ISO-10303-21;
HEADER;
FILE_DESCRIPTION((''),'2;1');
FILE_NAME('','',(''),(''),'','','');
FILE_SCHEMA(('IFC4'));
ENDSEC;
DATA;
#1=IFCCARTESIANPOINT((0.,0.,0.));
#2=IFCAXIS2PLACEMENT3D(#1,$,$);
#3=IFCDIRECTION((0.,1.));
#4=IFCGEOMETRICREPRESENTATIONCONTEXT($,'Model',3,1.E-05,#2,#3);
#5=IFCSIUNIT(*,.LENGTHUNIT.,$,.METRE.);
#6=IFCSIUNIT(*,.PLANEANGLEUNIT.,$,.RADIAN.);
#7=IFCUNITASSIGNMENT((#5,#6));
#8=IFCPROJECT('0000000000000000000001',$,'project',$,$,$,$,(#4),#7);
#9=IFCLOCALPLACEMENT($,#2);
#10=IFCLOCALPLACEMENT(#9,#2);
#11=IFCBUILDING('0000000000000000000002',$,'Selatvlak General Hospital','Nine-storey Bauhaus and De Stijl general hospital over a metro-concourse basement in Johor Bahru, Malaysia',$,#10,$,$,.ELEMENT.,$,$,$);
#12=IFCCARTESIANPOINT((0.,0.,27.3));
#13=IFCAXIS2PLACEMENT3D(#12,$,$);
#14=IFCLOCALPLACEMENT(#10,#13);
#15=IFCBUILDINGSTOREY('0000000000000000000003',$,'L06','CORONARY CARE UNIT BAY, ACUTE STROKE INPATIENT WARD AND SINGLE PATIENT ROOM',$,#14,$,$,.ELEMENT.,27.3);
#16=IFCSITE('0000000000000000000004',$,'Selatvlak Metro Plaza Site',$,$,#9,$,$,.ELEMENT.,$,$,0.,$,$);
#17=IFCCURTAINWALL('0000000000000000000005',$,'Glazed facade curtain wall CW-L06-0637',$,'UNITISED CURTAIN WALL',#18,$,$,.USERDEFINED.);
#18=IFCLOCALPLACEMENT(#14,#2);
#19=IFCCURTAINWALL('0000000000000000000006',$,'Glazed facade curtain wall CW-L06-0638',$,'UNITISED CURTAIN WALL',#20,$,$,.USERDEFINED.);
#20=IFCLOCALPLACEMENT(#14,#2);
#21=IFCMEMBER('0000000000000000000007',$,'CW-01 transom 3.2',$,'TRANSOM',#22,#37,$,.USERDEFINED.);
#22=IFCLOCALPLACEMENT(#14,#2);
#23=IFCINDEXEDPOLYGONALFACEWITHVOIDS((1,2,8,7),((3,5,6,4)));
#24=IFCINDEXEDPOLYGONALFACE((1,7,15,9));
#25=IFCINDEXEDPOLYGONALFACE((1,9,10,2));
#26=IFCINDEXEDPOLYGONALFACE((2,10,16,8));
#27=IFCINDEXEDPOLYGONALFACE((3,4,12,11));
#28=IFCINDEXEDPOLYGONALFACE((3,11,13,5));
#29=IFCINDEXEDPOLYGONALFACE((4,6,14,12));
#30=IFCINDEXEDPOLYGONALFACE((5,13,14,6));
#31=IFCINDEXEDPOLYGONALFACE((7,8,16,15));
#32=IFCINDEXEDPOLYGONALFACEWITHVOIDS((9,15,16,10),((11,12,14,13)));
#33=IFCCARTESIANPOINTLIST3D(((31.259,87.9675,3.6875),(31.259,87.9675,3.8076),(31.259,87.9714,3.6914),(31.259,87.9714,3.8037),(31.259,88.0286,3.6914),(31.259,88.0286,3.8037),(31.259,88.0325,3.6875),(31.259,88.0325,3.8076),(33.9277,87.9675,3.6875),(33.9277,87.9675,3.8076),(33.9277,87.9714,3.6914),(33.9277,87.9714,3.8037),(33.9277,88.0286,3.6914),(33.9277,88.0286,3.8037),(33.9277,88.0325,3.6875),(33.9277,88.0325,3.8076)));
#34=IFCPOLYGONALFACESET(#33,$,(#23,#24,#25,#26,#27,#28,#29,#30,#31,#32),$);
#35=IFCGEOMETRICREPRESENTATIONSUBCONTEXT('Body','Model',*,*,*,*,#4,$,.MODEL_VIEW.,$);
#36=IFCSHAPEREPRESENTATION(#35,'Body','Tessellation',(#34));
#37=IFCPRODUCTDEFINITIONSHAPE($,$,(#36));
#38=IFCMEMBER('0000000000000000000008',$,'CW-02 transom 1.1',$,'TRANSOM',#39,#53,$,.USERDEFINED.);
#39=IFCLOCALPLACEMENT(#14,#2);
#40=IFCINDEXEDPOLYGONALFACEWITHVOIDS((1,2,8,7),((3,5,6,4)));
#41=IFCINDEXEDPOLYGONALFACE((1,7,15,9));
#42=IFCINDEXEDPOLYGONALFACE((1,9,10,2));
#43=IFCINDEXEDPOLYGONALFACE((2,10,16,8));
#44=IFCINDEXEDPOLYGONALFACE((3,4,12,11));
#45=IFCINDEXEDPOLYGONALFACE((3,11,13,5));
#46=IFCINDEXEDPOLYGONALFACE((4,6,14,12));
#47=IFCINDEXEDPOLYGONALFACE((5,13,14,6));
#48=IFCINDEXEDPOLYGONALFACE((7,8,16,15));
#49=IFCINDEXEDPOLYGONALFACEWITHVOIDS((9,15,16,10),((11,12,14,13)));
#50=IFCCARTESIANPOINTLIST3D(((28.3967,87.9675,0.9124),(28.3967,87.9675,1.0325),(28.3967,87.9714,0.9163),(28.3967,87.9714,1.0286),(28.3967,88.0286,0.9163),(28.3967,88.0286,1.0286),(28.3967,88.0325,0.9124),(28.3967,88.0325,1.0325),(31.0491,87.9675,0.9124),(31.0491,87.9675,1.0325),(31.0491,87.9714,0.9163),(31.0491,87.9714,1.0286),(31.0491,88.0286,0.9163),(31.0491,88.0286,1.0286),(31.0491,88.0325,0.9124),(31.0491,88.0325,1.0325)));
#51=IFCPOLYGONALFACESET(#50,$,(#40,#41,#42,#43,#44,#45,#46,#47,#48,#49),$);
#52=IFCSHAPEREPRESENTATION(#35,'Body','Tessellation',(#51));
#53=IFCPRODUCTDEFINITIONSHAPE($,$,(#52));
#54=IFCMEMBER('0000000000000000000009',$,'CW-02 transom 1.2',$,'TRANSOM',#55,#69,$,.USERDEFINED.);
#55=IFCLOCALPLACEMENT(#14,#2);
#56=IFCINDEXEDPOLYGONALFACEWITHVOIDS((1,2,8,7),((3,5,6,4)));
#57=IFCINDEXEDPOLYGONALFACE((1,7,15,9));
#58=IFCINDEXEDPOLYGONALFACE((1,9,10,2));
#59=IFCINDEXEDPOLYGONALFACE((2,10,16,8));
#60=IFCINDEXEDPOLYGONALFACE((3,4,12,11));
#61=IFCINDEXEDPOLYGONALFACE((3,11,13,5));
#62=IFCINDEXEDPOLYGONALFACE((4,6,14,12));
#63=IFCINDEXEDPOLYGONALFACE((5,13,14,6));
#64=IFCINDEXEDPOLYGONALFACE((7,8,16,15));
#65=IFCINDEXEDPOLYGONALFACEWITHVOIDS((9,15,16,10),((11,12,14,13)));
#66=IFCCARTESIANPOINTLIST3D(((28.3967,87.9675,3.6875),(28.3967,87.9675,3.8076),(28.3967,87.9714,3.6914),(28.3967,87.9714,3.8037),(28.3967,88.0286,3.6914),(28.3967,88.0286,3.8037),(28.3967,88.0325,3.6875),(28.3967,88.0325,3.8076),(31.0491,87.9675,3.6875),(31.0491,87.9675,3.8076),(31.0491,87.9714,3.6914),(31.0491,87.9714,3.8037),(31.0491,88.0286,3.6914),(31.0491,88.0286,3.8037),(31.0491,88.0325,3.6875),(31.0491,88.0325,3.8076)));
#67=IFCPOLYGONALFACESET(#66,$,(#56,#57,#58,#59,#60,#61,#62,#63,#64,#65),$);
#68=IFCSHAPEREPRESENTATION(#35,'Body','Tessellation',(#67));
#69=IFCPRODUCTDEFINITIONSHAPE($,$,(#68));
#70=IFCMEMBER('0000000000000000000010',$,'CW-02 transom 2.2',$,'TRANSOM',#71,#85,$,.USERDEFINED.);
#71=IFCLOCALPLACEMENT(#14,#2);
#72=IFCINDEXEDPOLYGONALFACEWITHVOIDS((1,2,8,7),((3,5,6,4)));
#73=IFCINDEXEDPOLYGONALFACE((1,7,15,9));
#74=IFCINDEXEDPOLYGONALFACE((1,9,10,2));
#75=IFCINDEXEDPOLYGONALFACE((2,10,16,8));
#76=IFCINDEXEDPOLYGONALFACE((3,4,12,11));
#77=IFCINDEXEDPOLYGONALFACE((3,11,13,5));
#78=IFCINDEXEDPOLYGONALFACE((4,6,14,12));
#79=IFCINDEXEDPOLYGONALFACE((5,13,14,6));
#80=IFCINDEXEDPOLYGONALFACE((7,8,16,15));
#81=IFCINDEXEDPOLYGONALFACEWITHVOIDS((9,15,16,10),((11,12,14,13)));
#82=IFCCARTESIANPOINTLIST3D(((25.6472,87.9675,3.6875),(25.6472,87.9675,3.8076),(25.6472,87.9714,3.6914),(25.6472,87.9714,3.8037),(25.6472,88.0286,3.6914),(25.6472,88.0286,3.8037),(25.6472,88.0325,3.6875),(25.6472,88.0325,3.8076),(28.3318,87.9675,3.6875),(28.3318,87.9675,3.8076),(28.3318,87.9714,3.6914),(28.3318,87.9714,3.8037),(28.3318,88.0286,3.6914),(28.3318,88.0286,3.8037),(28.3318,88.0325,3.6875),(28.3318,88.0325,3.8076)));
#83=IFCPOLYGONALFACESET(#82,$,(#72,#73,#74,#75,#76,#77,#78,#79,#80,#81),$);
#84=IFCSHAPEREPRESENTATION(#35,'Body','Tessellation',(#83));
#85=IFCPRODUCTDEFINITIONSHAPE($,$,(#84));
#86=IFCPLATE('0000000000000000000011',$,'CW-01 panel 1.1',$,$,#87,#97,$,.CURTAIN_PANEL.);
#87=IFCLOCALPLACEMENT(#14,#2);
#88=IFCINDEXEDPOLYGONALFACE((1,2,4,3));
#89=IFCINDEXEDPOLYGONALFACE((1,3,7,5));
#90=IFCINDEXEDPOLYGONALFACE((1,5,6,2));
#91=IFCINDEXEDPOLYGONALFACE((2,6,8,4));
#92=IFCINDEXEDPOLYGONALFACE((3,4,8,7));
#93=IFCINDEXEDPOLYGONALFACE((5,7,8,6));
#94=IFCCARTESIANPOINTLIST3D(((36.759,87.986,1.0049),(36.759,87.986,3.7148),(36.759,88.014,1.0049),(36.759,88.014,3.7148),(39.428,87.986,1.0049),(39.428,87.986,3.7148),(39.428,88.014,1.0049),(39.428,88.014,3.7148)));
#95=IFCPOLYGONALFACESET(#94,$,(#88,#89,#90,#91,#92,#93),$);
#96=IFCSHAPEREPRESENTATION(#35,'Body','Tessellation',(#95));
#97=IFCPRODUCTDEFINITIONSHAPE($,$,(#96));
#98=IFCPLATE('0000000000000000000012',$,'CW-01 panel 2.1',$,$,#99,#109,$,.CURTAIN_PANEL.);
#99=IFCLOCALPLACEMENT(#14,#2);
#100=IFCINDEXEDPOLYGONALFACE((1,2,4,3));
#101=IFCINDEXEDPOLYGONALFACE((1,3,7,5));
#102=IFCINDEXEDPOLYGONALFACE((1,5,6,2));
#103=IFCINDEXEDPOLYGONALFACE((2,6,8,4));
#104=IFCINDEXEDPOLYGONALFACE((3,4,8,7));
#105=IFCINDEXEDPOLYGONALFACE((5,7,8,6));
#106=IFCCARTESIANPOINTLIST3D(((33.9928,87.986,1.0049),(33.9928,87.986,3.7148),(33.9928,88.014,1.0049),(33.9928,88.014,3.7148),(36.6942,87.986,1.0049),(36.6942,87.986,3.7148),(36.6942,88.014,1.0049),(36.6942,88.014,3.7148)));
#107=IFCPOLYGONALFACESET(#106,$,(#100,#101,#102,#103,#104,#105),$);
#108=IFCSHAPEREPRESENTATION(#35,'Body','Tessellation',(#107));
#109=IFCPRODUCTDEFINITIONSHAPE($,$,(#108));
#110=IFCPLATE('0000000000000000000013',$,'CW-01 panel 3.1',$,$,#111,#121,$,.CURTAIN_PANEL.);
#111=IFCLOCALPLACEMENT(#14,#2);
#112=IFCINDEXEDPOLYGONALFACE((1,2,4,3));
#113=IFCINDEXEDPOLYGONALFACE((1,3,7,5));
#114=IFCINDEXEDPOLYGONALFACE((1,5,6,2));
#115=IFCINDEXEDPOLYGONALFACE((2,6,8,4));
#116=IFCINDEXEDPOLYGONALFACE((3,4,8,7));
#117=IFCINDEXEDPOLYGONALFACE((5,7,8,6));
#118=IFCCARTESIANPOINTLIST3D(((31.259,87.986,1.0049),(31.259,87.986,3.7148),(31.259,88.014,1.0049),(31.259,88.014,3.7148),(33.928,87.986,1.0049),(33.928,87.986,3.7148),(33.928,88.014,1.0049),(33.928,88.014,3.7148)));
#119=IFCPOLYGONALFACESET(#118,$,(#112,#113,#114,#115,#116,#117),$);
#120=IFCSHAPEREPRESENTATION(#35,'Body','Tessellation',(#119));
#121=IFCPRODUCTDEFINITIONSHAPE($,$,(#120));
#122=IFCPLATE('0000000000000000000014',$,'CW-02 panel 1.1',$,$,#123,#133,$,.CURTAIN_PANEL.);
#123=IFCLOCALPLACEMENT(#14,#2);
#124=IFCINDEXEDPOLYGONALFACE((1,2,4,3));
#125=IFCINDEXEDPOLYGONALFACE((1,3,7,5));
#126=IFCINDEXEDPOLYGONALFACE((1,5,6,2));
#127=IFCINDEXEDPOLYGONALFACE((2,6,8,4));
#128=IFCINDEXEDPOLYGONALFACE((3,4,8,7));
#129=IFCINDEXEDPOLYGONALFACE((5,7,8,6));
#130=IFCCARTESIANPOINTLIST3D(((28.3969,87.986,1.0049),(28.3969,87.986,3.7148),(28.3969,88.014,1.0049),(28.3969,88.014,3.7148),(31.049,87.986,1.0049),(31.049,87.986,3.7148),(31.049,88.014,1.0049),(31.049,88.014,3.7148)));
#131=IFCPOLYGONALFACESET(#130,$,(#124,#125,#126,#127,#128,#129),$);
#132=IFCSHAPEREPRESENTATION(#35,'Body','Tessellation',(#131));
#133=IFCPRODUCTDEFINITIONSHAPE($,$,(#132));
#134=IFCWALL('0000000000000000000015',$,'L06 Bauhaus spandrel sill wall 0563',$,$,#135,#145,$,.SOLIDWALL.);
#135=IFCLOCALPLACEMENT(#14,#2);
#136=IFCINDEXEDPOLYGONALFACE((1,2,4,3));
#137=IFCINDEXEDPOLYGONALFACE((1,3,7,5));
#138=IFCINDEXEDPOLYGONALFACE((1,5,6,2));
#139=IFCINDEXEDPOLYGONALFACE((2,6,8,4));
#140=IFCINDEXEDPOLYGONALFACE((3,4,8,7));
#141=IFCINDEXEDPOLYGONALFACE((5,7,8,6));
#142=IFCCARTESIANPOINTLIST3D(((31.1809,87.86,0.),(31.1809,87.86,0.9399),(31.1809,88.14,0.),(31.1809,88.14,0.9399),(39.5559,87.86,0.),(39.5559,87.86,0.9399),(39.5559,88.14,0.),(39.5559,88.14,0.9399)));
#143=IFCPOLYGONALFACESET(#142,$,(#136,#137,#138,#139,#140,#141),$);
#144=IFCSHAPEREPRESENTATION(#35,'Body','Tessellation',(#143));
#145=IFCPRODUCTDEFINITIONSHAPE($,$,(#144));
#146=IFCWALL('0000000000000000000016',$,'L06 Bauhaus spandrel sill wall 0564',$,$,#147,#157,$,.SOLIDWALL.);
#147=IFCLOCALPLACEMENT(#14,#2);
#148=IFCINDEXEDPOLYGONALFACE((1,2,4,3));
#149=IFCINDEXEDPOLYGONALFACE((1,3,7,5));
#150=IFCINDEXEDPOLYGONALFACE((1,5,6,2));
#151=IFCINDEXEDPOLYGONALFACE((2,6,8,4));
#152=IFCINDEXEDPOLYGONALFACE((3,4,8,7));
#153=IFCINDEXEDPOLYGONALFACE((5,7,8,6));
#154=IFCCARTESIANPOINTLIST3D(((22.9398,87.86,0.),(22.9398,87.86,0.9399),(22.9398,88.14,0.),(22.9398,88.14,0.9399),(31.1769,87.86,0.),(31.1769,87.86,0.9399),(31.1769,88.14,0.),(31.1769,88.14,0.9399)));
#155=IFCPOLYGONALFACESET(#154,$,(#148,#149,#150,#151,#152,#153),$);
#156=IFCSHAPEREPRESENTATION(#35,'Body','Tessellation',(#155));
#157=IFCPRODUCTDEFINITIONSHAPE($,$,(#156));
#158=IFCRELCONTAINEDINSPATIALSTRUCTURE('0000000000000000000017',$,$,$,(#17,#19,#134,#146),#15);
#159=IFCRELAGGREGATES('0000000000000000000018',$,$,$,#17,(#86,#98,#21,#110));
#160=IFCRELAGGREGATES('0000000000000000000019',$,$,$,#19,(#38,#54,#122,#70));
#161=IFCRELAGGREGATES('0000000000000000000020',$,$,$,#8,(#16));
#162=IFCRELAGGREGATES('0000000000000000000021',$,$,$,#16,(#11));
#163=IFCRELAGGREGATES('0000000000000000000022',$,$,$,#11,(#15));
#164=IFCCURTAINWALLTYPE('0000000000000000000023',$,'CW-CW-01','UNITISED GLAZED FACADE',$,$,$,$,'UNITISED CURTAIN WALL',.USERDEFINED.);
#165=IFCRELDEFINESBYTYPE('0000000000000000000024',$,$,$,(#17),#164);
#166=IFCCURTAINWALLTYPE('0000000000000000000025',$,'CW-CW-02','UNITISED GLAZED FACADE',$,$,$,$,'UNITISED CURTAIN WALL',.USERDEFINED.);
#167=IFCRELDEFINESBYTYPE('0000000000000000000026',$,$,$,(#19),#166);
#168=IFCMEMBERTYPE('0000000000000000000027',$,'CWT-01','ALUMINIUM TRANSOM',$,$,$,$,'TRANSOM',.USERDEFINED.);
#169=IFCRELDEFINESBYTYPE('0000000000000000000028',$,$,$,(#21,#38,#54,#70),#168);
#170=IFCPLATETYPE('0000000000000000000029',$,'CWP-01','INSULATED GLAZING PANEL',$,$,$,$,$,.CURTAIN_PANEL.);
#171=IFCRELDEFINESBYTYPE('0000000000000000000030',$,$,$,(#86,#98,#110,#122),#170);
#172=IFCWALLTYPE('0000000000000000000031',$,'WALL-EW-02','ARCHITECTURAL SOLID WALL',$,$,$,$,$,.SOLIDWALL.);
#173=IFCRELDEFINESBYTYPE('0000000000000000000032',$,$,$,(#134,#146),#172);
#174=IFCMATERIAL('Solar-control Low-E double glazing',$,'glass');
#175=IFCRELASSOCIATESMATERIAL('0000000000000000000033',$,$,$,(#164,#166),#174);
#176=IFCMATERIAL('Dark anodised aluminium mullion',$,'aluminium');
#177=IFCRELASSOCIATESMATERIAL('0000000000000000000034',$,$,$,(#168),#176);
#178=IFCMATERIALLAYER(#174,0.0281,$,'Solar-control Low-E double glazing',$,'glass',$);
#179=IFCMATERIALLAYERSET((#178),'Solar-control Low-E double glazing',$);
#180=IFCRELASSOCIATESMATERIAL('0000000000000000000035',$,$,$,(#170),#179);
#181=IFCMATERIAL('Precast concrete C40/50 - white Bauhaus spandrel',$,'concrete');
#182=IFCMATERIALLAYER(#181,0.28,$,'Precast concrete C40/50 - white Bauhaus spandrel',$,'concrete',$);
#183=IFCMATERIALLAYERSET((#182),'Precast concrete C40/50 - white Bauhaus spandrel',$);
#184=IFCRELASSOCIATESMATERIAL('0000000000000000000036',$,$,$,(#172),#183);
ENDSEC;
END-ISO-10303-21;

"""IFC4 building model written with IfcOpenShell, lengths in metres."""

from ifc_helpers import new_model, si_unit, direction, frame, frame_2d, origin, origin_2d, place, context, subcontext, project, spatial, rectangle, hollow_rectangle, extrude, material, layer, layer_set, material_profile, profile_set, type_object, element, aggregate, save


model = new_model("IFC4")

# Units and contexts
model_context = context("Model", 3, precision=1e-05, world=origin(), true_north=direction((0.0, 1.0)))
body_context = subcontext(model_context, "Body", "Model", "MODEL_VIEW")
ifc_project = project(units=[si_unit("LENGTHUNIT", "METRE"), si_unit("PLANEANGLEUNIT", "RADIAN")], contexts=[model_context])

# Site, building, storey
site_placement = place(None, origin())
site = spatial("IfcSite", under=ifc_project, at=site_placement, Name="Selatvlak Metro Plaza Site", CompositionType="ELEMENT", RefElevation=0.0)
building_placement = place(site_placement, origin())
building = spatial("IfcBuilding", under=site, at=building_placement, Name="Selatvlak General Hospital", Description="Nine-storey Bauhaus and De Stijl general hospital over a metro-concourse basement in Johor Bahru, Malaysia", CompositionType="ELEMENT")
storey_placement = place(building_placement, frame((0.0, 0.0, 27.3)))
storey = spatial("IfcBuildingStorey", under=building, at=storey_placement, Name="L06", Description="CORONARY CARE UNIT BAY, ACUTE STROKE INPATIENT WARD AND SINGLE PATIENT ROOM", CompositionType="ELEMENT", Elevation=27.3)

# Curtain walls
ifc_material_1 = material(Name="Solar-control Low-E double glazing", Category="glass")
curtain_wall_type_1 = type_object("IfcCurtainWallType", Name="CW-CW-01", Description="UNITISED GLAZED FACADE", ElementType="UNITISED CURTAIN WALL", PredefinedType="USERDEFINED", material=ifc_material_1)
curtain_wall_1_placement = place(storey_placement, origin())
curtain_wall_1 = element("IfcCurtainWall", 1, at=curtain_wall_1_placement, inside=storey, type_object=curtain_wall_type_1, Name="Glazed facade curtain wall CW-L06-0637", ObjectType="UNITISED CURTAIN WALL", PredefinedType="USERDEFINED")
ifc_material_2 = material(Name="Dark anodised aluminium mullion", Category="aluminium")
curtain_wall_type_2 = type_object("IfcCurtainWallType", Name="CW-CW-02", Description="UNITISED GLAZED FACADE", ElementType="UNITISED CURTAIN WALL", PredefinedType="USERDEFINED", material=ifc_material_1)
curtain_wall_2_placement = place(storey_placement, origin())
curtain_wall_2 = element("IfcCurtainWall", 2, at=curtain_wall_2_placement, inside=storey, type_object=curtain_wall_type_2, Name="Glazed facade curtain wall CW-L06-0638", ObjectType="UNITISED CURTAIN WALL", PredefinedType="USERDEFINED")

# Members
ifc_material_profile_1 = material_profile(ifc_material_2, hollow_rectangle(XDim=0.0649, YDim=0.1201, WallThickness=0.0039, at=origin_2d()), Name="AL-TRN 65x120x4")
ifc_profile_set_1 = profile_set([ifc_material_profile_1], Name="Dark anodised aluminium mullion")
member_type_1 = type_object("IfcMemberType", Name="CWT-01", Description="ALUMINIUM TRANSOM", ElementType="TRANSOM", PredefinedType="USERDEFINED", material=ifc_profile_set_1)
member_1_placement = place(storey_placement, frame((33.9277, 88.0, 3.7476), z_axis=(-1.0, 0.0, 0.0), x_axis=(0.0, -1.0, 0.0)))
member_1 = element("IfcMember", 3, at=member_1_placement, type_object=member_type_1, Name="CW-01 transom 3.2", ObjectType="TRANSOM", PredefinedType="USERDEFINED", context=body_context, shape_type="SweptSolid", body=[
    extrude(hollow_rectangle(XDim=0.0649, YDim=0.1201, WallThickness=0.0039, at=origin_2d()), origin(), (0.0, 0.0, 1.0), 2.6687),
])
member_2_placement = place(storey_placement, frame((31.0491, 88.0, 0.9724), z_axis=(-1.0, 0.0, 0.0), x_axis=(0.0, -1.0, 0.0)))
member_2 = element("IfcMember", 4, at=member_2_placement, type_object=member_type_1, Name="CW-02 transom 1.1", ObjectType="TRANSOM", PredefinedType="USERDEFINED", context=body_context, shape_type="SweptSolid", body=[
    extrude(hollow_rectangle(XDim=0.0649, YDim=0.1201, WallThickness=0.0039, at=origin_2d()), origin(), (0.0, 0.0, 1.0), 2.6523),
])
member_3_placement = place(storey_placement, frame((31.0491, 88.0, 3.7476), z_axis=(-1.0, 0.0, 0.0), x_axis=(0.0, -1.0, 0.0)))
member_3 = element("IfcMember", 5, at=member_3_placement, type_object=member_type_1, Name="CW-02 transom 1.2", ObjectType="TRANSOM", PredefinedType="USERDEFINED", context=body_context, shape_type="SweptSolid", body=[
    extrude(hollow_rectangle(XDim=0.0649, YDim=0.1201, WallThickness=0.0039, at=origin_2d()), origin(), (0.0, 0.0, 1.0), 2.6523),
])
member_4_placement = place(storey_placement, frame((28.3318, 88.0, 3.7476), z_axis=(-1.0, 0.0, 0.0), x_axis=(0.0, -1.0, 0.0)))
member_4 = element("IfcMember", 6, at=member_4_placement, type_object=member_type_1, Name="CW-02 transom 2.2", ObjectType="TRANSOM", PredefinedType="USERDEFINED", context=body_context, shape_type="SweptSolid", body=[
    extrude(hollow_rectangle(XDim=0.0649, YDim=0.1201, WallThickness=0.0039, at=origin_2d()), origin(), (0.0, 0.0, 1.0), 2.6846),
])

# Plates
ifc_layer_1 = layer(ifc_material_1, 0.0281, Name="Solar-control Low-E double glazing", Category="glass")
ifc_layer_set_1 = layer_set([ifc_layer_1], Name="Solar-control Low-E double glazing")
plate_type = type_object("IfcPlateType", Name="CWP-01", Description="INSULATED GLAZING PANEL", PredefinedType="CURTAIN_PANEL", material=ifc_layer_set_1)
plate_1_placement = place(storey_placement, frame((38.0935, 88.0, 1.0049), z_axis=(0.0, 0.0, 1.0), x_axis=(-1.0, 0.0, 0.0)))
plate_1 = element("IfcPlate", 7, at=plate_1_placement, type_object=plate_type, Name="CW-01 panel 1.1", PredefinedType="CURTAIN_PANEL", context=body_context, shape_type="SweptSolid", body=[
    extrude(rectangle(XDim=2.6689, YDim=0.0281, at=origin_2d()), origin(), (0.0, 0.0, 1.0), 2.71),
])
plate_2_placement = place(storey_placement, frame((35.3435, 88.0, 1.0049), z_axis=(0.0, 0.0, 1.0), x_axis=(-1.0, 0.0, 0.0)))
plate_2 = element("IfcPlate", 8, at=plate_2_placement, type_object=plate_type, Name="CW-01 panel 2.1", PredefinedType="CURTAIN_PANEL", context=body_context, shape_type="SweptSolid", body=[
    extrude(rectangle(XDim=2.7014, YDim=0.0281, at=origin_2d()), origin(), (0.0, 0.0, 1.0), 2.71),
])
plate_3_placement = place(storey_placement, frame((32.5935, 88.0, 1.0049), z_axis=(0.0, 0.0, 1.0), x_axis=(-1.0, 0.0, 0.0)))
plate_3 = element("IfcPlate", 9, at=plate_3_placement, type_object=plate_type, Name="CW-01 panel 3.1", PredefinedType="CURTAIN_PANEL", context=body_context, shape_type="SweptSolid", body=[
    extrude(rectangle(XDim=2.6689, YDim=0.0281, at=origin_2d()), origin(), (0.0, 0.0, 1.0), 2.71),
])
aggregate(curtain_wall_1, [plate_1, plate_2, member_1, plate_3])
plate_4_placement = place(storey_placement, frame((29.7229, 88.0, 1.0049), z_axis=(0.0, 0.0, 1.0), x_axis=(-1.0, 0.0, 0.0)))
plate_4 = element("IfcPlate", 10, at=plate_4_placement, type_object=plate_type, Name="CW-02 panel 1.1", PredefinedType="CURTAIN_PANEL", context=body_context, shape_type="SweptSolid", body=[
    extrude(rectangle(XDim=2.6521, YDim=0.0281, at=origin_2d()), origin(), (0.0, 0.0, 1.0), 2.71),
])
aggregate(curtain_wall_2, [member_2, member_3, plate_4, member_4])

# Walls
ifc_material_3 = material(Name="Precast concrete C40/50 - white Bauhaus spandrel", Category="concrete")
ifc_layer_2 = layer(ifc_material_3, 0.28, Name="Precast concrete C40/50 - white Bauhaus spandrel", Category="concrete")
ifc_layer_set_2 = layer_set([ifc_layer_2], Name="Precast concrete C40/50 - white Bauhaus spandrel")
wall_type = type_object("IfcWallType", Name="WALL-EW-02", Description="ARCHITECTURAL SOLID WALL", PredefinedType="SOLIDWALL", material=ifc_layer_set_2)
wall_1_placement = place(storey_placement, frame((39.5559, 88.0, 0.0), z_axis=(0.0, 0.0, 1.0), x_axis=(-1.0, 0.0, 0.0)))
element("IfcWall", 11, at=wall_1_placement, inside=storey, type_object=wall_type, Name="L06 Bauhaus spandrel sill wall 0563", PredefinedType="SOLIDWALL", context=body_context, shape_type="SweptSolid", body=[
    extrude(rectangle(XDim=8.375, YDim=0.28, at=frame_2d((4.1875, 0.0))), origin(), (0.0, 0.0, 1.0), 0.9399),
])
wall_2_placement = place(storey_placement, frame((31.177, 88.0, 0.0), z_axis=(0.0, 0.0, 1.0), x_axis=(-1.0, 0.0, 0.0)))
element("IfcWall", 12, at=wall_2_placement, inside=storey, type_object=wall_type, Name="L06 Bauhaus spandrel sill wall 0564", PredefinedType="SOLIDWALL", context=body_context, shape_type="SweptSolid", body=[
    extrude(rectangle(XDim=8.2371, YDim=0.28, at=frame_2d((4.1187, 0.0))), origin(), (0.0, 0.0, 1.0), 0.9399),
])

save(model, "model.ifc")
